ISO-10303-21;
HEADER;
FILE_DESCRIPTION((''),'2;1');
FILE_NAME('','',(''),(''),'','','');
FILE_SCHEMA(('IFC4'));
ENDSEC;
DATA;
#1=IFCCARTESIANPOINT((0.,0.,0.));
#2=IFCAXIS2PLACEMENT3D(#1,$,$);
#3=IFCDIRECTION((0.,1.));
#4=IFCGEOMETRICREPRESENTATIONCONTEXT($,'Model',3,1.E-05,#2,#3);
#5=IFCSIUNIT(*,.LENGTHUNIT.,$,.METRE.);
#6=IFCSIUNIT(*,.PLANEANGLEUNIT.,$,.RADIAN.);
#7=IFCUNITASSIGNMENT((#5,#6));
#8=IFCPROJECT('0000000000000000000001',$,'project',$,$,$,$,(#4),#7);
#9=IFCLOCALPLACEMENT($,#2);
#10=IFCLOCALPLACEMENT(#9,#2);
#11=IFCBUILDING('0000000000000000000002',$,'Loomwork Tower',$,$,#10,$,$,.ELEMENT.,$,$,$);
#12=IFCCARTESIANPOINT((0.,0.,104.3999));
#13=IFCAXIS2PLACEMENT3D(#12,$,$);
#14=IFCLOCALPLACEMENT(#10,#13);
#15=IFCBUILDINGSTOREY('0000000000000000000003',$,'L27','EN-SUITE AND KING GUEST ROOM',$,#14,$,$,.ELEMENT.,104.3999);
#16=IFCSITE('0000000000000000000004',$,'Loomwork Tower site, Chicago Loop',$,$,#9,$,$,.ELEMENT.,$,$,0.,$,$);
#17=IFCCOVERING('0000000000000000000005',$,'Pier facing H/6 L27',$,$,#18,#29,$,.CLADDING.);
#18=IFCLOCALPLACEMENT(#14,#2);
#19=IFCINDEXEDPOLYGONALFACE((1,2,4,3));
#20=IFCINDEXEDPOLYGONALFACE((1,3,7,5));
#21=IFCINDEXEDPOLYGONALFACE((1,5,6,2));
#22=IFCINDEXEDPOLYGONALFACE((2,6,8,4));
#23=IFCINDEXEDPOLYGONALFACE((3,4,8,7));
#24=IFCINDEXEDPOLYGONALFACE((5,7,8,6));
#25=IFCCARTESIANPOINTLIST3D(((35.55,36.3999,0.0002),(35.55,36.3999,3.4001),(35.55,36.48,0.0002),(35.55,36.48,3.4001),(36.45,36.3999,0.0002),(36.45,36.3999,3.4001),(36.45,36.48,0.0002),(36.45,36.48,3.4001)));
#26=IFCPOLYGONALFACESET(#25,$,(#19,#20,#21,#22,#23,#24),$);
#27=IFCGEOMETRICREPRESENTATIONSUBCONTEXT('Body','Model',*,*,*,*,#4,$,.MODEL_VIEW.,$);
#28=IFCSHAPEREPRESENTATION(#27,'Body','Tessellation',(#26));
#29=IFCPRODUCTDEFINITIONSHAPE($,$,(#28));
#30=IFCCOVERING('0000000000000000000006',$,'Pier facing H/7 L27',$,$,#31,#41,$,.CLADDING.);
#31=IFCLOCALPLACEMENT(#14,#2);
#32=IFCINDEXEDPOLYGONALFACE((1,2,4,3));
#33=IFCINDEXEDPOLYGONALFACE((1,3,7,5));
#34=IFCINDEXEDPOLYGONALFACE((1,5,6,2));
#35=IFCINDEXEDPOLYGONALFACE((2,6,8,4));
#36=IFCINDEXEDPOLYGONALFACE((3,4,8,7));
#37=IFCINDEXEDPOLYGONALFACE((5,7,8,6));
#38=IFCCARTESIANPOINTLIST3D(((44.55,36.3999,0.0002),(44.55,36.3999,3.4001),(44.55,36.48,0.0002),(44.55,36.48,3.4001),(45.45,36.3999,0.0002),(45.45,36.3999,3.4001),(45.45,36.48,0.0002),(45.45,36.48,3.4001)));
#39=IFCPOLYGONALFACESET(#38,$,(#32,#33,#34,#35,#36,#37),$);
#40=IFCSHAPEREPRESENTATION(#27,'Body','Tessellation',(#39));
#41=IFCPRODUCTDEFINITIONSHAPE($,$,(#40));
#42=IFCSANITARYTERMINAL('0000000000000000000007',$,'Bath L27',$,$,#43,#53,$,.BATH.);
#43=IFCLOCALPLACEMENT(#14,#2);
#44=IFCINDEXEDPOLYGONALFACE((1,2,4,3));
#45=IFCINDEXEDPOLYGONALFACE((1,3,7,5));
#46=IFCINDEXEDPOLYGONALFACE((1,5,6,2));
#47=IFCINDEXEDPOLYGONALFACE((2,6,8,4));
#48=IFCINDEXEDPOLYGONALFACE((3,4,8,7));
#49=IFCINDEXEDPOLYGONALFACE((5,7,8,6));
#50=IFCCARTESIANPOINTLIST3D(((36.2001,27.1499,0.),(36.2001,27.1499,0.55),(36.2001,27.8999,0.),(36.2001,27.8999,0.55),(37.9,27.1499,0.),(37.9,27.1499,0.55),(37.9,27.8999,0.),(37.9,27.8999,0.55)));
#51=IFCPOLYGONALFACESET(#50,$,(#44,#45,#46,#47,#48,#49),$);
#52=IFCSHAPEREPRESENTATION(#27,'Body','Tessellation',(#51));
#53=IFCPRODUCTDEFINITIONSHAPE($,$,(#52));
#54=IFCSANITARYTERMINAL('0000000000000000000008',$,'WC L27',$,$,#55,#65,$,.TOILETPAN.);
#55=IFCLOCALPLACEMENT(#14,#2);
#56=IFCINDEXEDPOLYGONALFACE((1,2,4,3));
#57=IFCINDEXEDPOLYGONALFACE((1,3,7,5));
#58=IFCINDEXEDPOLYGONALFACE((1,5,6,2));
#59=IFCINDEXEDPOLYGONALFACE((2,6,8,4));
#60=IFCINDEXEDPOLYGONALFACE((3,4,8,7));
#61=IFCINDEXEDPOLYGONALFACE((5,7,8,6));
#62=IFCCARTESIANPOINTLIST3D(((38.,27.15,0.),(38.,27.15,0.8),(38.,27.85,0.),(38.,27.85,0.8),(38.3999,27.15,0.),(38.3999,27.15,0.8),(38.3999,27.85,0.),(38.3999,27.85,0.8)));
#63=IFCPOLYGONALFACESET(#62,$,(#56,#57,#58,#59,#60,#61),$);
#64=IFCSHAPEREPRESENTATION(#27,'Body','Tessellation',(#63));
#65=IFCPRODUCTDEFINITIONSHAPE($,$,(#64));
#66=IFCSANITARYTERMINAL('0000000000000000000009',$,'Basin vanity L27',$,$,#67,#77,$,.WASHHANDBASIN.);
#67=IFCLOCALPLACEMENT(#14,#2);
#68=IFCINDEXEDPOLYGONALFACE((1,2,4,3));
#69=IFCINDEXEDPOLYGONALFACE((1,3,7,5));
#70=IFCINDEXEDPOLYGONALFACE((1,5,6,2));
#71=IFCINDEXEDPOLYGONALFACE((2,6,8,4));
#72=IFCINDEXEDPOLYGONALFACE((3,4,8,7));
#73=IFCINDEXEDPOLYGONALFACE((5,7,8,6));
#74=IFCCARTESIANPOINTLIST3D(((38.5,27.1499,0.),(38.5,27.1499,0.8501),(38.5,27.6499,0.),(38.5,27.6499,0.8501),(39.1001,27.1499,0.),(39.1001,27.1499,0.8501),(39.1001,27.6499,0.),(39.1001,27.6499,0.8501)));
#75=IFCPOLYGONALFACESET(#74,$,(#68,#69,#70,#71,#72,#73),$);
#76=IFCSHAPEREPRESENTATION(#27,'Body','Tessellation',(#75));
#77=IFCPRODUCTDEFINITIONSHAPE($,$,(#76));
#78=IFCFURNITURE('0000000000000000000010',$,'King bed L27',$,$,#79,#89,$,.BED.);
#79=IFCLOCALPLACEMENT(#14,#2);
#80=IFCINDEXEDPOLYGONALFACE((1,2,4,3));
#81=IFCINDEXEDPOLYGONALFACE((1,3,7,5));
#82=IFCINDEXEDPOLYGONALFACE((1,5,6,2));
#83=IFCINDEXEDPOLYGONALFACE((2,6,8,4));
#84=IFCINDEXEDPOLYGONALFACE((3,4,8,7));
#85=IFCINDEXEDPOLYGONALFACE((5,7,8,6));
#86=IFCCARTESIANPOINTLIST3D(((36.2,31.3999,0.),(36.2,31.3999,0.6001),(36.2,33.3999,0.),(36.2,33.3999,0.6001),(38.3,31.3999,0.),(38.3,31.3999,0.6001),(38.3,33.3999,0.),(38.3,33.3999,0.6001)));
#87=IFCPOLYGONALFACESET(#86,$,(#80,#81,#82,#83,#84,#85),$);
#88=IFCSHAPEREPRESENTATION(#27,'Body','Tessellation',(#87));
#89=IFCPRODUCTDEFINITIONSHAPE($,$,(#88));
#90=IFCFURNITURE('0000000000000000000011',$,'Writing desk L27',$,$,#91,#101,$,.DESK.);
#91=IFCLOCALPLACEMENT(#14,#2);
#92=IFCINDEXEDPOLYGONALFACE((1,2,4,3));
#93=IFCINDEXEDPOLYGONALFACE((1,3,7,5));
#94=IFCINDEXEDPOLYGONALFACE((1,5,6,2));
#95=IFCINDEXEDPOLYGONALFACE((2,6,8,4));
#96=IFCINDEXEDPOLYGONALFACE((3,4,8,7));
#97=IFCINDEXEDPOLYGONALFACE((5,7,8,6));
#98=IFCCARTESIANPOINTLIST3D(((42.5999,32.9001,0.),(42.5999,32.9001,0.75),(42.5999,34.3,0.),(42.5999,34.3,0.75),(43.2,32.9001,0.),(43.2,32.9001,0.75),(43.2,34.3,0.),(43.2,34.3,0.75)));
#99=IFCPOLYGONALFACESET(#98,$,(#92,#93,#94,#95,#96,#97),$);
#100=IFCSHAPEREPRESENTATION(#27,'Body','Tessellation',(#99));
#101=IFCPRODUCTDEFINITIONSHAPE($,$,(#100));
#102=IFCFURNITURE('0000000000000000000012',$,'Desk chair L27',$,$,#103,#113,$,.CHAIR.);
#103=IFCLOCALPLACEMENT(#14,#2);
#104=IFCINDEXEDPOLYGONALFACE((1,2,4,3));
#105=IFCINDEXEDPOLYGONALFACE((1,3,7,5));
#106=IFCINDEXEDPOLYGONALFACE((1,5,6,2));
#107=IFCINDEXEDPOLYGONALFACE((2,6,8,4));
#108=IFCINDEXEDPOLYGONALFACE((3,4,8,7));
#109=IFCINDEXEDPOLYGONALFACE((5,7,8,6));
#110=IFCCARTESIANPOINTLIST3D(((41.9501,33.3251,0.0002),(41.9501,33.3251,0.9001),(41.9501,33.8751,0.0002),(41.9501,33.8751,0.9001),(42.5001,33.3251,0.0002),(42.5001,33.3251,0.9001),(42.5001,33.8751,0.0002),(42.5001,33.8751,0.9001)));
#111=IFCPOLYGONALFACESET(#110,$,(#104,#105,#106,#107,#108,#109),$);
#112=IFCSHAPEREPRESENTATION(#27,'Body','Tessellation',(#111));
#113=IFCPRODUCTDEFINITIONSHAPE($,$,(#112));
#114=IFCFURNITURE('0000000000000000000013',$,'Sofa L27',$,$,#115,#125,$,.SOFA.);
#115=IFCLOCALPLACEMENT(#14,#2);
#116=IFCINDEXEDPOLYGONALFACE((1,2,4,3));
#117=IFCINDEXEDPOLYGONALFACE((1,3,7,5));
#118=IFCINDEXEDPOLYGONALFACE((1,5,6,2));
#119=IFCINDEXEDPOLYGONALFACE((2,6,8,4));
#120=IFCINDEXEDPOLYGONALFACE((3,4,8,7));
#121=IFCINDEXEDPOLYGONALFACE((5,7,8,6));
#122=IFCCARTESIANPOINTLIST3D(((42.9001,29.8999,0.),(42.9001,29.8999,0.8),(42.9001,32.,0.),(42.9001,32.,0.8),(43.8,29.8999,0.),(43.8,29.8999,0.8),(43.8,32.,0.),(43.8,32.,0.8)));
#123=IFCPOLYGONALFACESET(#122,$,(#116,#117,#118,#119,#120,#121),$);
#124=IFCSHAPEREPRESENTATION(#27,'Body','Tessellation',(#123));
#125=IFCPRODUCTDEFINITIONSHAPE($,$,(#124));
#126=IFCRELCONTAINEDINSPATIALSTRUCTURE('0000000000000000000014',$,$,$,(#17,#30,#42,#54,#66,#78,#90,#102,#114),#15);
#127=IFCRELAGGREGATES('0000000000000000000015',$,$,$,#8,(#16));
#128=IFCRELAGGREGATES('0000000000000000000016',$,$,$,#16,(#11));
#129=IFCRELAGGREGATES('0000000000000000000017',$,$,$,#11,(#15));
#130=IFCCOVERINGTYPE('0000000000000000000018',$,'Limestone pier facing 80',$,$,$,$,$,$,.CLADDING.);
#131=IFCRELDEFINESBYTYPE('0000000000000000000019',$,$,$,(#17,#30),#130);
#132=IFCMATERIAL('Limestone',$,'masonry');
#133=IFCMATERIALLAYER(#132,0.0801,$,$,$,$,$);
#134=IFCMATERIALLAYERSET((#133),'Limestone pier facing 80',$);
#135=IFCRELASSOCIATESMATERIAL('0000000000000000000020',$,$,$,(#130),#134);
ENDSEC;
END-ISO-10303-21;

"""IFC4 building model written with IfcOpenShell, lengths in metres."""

from ifc_helpers import new_model, si_unit, direction, frame, origin, origin_2d, place, context, subcontext, project, spatial, rectangle, extrude, material, layer, layer_set, type_object, element, save


model = new_model("IFC4")

# Units and contexts
model_context = context("Model", 3, precision=1e-05, world=origin(), true_north=direction((0.0, 1.0)))
body_context = subcontext(model_context, "Body", "Model", "MODEL_VIEW")
ifc_project = project(units=[si_unit("LENGTHUNIT", "METRE"), si_unit("PLANEANGLEUNIT", "RADIAN")], contexts=[model_context])

# Site, building, storey
site_placement = place(None, origin())
site = spatial("IfcSite", under=ifc_project, at=site_placement, Name="Loomwork Tower site, Chicago Loop", CompositionType="ELEMENT", RefElevation=0.0)
building_placement = place(site_placement, origin())
building = spatial("IfcBuilding", under=site, at=building_placement, Name="Loomwork Tower", CompositionType="ELEMENT")
storey_placement = place(building_placement, frame((0.0, 0.0, 104.3999)))
storey = spatial("IfcBuildingStorey", under=building, at=storey_placement, Name="L27", Description="EN-SUITE AND KING GUEST ROOM", CompositionType="ELEMENT", Elevation=104.3999)

# Coverings
ifc_material_1 = material(Name="Limestone", Category="masonry")
ifc_layer_1 = layer(ifc_material_1, 0.0801)
ifc_layer_set_1 = layer_set([ifc_layer_1], Name="Limestone pier facing 80")
covering_type = type_object("IfcCoveringType", Name="Limestone pier facing 80", PredefinedType="CLADDING", material=ifc_layer_set_1)
for number, where, z_axis, x_axis, name in (
    (1, (36.0, 36.4399, 0.0002), (0.0, 0.0, 1.0), (1.0, 0.0, 0.0), "Pier facing H/6 L27"),
    (2, (45.0, 36.4399, 0.0002), (0.0, 0.0, 1.0), (1.0, 0.0, 0.0), "Pier facing H/7 L27"),
):
    element("IfcCovering", number, at=place(storey_placement, frame(where, z_axis=z_axis, x_axis=x_axis)), inside=storey, type_object=covering_type, Name=name, PredefinedType="CLADDING", context=body_context, shape_type="SweptSolid", body=[
        extrude(rectangle(XDim=0.8999, YDim=0.0801, at=origin_2d()), origin(), (0.0, 0.0, 1.0), 3.3999),
    ])

# Sanitary terminals
sanitary_terminal_1_placement = place(storey_placement, frame((37.05, 27.5249, 0.0), z_axis=(0.0, 0.0, 1.0), x_axis=(1.0, 0.0, 0.0)))
element("IfcSanitaryTerminal", 3, at=sanitary_terminal_1_placement, inside=storey, Name="Bath L27", PredefinedType="BATH", context=body_context, shape_type="SweptSolid", body=[
    extrude(rectangle(XDim=1.7, YDim=0.75, at=origin_2d()), origin(), (0.0, 0.0, 1.0), 0.55),
])
sanitary_terminal_2_placement = place(storey_placement, frame((38.2, 27.5, 0.0), z_axis=(0.0, 0.0, 1.0), x_axis=(1.0, 0.0, 0.0)))
element("IfcSanitaryTerminal", 4, at=sanitary_terminal_2_placement, inside=storey, Name="WC L27", PredefinedType="TOILETPAN", context=body_context, shape_type="SweptSolid", body=[
    extrude(rectangle(XDim=0.3999, YDim=0.7, at=origin_2d()), origin(), (0.0, 0.0, 1.0), 0.8),
])
sanitary_terminal_3_placement = place(storey_placement, frame((38.8, 27.3999, 0.0), z_axis=(0.0, 0.0, 1.0), x_axis=(1.0, 0.0, 0.0)))
element("IfcSanitaryTerminal", 5, at=sanitary_terminal_3_placement, inside=storey, Name="Basin vanity L27", PredefinedType="WASHHANDBASIN", context=body_context, shape_type="SweptSolid", body=[
    extrude(rectangle(XDim=0.6001, YDim=0.5, at=origin_2d()), origin(), (0.0, 0.0, 1.0), 0.8501),
])

# Furniture
furniture_1_placement = place(storey_placement, frame((37.25, 32.3999, 0.0), z_axis=(0.0, 0.0, 1.0), x_axis=(1.0, 0.0, 0.0)))
element("IfcFurniture", 6, at=furniture_1_placement, inside=storey, Name="King bed L27", PredefinedType="BED", context=body_context, shape_type="SweptSolid", body=[
    extrude(rectangle(XDim=2.1001, YDim=2.0, at=origin_2d()), origin(), (0.0, 0.0, 1.0), 0.6001),
])
furniture_2_placement = place(storey_placement, frame((42.8999, 33.6001, 0.0), z_axis=(0.0, 0.0, 1.0), x_axis=(1.0, 0.0, 0.0)))
element("IfcFurniture", 7, at=furniture_2_placement, inside=storey, Name="Writing desk L27", PredefinedType="DESK", context=body_context, shape_type="SweptSolid", body=[
    extrude(rectangle(XDim=0.6001, YDim=1.3999, at=origin_2d()), origin(), (0.0, 0.0, 1.0), 0.75),
])
furniture_3_placement = place(storey_placement, frame((42.2251, 33.6001, 0.0002), z_axis=(0.0, 0.0, 1.0), x_axis=(1.0, 0.0, 0.0)))
element("IfcFurniture", 8, at=furniture_3_placement, inside=storey, Name="Desk chair L27", PredefinedType="CHAIR", context=body_context, shape_type="SweptSolid", body=[
    extrude(rectangle(XDim=0.55, YDim=0.55, at=origin_2d()), origin(), (0.0, 0.0, 1.0), 0.8999),
])
furniture_4_placement = place(storey_placement, frame((43.3501, 30.95, 0.0), z_axis=(0.0, 0.0, 1.0), x_axis=(1.0, 0.0, 0.0)))
element("IfcFurniture", 9, at=furniture_4_placement, inside=storey, Name="Sofa L27", PredefinedType="SOFA", context=body_context, shape_type="SweptSolid", body=[
    extrude(rectangle(XDim=0.8999, YDim=2.1001, at=origin_2d()), origin(), (0.0, 0.0, 1.0), 0.8),
])

save(model, "model.ifc")
